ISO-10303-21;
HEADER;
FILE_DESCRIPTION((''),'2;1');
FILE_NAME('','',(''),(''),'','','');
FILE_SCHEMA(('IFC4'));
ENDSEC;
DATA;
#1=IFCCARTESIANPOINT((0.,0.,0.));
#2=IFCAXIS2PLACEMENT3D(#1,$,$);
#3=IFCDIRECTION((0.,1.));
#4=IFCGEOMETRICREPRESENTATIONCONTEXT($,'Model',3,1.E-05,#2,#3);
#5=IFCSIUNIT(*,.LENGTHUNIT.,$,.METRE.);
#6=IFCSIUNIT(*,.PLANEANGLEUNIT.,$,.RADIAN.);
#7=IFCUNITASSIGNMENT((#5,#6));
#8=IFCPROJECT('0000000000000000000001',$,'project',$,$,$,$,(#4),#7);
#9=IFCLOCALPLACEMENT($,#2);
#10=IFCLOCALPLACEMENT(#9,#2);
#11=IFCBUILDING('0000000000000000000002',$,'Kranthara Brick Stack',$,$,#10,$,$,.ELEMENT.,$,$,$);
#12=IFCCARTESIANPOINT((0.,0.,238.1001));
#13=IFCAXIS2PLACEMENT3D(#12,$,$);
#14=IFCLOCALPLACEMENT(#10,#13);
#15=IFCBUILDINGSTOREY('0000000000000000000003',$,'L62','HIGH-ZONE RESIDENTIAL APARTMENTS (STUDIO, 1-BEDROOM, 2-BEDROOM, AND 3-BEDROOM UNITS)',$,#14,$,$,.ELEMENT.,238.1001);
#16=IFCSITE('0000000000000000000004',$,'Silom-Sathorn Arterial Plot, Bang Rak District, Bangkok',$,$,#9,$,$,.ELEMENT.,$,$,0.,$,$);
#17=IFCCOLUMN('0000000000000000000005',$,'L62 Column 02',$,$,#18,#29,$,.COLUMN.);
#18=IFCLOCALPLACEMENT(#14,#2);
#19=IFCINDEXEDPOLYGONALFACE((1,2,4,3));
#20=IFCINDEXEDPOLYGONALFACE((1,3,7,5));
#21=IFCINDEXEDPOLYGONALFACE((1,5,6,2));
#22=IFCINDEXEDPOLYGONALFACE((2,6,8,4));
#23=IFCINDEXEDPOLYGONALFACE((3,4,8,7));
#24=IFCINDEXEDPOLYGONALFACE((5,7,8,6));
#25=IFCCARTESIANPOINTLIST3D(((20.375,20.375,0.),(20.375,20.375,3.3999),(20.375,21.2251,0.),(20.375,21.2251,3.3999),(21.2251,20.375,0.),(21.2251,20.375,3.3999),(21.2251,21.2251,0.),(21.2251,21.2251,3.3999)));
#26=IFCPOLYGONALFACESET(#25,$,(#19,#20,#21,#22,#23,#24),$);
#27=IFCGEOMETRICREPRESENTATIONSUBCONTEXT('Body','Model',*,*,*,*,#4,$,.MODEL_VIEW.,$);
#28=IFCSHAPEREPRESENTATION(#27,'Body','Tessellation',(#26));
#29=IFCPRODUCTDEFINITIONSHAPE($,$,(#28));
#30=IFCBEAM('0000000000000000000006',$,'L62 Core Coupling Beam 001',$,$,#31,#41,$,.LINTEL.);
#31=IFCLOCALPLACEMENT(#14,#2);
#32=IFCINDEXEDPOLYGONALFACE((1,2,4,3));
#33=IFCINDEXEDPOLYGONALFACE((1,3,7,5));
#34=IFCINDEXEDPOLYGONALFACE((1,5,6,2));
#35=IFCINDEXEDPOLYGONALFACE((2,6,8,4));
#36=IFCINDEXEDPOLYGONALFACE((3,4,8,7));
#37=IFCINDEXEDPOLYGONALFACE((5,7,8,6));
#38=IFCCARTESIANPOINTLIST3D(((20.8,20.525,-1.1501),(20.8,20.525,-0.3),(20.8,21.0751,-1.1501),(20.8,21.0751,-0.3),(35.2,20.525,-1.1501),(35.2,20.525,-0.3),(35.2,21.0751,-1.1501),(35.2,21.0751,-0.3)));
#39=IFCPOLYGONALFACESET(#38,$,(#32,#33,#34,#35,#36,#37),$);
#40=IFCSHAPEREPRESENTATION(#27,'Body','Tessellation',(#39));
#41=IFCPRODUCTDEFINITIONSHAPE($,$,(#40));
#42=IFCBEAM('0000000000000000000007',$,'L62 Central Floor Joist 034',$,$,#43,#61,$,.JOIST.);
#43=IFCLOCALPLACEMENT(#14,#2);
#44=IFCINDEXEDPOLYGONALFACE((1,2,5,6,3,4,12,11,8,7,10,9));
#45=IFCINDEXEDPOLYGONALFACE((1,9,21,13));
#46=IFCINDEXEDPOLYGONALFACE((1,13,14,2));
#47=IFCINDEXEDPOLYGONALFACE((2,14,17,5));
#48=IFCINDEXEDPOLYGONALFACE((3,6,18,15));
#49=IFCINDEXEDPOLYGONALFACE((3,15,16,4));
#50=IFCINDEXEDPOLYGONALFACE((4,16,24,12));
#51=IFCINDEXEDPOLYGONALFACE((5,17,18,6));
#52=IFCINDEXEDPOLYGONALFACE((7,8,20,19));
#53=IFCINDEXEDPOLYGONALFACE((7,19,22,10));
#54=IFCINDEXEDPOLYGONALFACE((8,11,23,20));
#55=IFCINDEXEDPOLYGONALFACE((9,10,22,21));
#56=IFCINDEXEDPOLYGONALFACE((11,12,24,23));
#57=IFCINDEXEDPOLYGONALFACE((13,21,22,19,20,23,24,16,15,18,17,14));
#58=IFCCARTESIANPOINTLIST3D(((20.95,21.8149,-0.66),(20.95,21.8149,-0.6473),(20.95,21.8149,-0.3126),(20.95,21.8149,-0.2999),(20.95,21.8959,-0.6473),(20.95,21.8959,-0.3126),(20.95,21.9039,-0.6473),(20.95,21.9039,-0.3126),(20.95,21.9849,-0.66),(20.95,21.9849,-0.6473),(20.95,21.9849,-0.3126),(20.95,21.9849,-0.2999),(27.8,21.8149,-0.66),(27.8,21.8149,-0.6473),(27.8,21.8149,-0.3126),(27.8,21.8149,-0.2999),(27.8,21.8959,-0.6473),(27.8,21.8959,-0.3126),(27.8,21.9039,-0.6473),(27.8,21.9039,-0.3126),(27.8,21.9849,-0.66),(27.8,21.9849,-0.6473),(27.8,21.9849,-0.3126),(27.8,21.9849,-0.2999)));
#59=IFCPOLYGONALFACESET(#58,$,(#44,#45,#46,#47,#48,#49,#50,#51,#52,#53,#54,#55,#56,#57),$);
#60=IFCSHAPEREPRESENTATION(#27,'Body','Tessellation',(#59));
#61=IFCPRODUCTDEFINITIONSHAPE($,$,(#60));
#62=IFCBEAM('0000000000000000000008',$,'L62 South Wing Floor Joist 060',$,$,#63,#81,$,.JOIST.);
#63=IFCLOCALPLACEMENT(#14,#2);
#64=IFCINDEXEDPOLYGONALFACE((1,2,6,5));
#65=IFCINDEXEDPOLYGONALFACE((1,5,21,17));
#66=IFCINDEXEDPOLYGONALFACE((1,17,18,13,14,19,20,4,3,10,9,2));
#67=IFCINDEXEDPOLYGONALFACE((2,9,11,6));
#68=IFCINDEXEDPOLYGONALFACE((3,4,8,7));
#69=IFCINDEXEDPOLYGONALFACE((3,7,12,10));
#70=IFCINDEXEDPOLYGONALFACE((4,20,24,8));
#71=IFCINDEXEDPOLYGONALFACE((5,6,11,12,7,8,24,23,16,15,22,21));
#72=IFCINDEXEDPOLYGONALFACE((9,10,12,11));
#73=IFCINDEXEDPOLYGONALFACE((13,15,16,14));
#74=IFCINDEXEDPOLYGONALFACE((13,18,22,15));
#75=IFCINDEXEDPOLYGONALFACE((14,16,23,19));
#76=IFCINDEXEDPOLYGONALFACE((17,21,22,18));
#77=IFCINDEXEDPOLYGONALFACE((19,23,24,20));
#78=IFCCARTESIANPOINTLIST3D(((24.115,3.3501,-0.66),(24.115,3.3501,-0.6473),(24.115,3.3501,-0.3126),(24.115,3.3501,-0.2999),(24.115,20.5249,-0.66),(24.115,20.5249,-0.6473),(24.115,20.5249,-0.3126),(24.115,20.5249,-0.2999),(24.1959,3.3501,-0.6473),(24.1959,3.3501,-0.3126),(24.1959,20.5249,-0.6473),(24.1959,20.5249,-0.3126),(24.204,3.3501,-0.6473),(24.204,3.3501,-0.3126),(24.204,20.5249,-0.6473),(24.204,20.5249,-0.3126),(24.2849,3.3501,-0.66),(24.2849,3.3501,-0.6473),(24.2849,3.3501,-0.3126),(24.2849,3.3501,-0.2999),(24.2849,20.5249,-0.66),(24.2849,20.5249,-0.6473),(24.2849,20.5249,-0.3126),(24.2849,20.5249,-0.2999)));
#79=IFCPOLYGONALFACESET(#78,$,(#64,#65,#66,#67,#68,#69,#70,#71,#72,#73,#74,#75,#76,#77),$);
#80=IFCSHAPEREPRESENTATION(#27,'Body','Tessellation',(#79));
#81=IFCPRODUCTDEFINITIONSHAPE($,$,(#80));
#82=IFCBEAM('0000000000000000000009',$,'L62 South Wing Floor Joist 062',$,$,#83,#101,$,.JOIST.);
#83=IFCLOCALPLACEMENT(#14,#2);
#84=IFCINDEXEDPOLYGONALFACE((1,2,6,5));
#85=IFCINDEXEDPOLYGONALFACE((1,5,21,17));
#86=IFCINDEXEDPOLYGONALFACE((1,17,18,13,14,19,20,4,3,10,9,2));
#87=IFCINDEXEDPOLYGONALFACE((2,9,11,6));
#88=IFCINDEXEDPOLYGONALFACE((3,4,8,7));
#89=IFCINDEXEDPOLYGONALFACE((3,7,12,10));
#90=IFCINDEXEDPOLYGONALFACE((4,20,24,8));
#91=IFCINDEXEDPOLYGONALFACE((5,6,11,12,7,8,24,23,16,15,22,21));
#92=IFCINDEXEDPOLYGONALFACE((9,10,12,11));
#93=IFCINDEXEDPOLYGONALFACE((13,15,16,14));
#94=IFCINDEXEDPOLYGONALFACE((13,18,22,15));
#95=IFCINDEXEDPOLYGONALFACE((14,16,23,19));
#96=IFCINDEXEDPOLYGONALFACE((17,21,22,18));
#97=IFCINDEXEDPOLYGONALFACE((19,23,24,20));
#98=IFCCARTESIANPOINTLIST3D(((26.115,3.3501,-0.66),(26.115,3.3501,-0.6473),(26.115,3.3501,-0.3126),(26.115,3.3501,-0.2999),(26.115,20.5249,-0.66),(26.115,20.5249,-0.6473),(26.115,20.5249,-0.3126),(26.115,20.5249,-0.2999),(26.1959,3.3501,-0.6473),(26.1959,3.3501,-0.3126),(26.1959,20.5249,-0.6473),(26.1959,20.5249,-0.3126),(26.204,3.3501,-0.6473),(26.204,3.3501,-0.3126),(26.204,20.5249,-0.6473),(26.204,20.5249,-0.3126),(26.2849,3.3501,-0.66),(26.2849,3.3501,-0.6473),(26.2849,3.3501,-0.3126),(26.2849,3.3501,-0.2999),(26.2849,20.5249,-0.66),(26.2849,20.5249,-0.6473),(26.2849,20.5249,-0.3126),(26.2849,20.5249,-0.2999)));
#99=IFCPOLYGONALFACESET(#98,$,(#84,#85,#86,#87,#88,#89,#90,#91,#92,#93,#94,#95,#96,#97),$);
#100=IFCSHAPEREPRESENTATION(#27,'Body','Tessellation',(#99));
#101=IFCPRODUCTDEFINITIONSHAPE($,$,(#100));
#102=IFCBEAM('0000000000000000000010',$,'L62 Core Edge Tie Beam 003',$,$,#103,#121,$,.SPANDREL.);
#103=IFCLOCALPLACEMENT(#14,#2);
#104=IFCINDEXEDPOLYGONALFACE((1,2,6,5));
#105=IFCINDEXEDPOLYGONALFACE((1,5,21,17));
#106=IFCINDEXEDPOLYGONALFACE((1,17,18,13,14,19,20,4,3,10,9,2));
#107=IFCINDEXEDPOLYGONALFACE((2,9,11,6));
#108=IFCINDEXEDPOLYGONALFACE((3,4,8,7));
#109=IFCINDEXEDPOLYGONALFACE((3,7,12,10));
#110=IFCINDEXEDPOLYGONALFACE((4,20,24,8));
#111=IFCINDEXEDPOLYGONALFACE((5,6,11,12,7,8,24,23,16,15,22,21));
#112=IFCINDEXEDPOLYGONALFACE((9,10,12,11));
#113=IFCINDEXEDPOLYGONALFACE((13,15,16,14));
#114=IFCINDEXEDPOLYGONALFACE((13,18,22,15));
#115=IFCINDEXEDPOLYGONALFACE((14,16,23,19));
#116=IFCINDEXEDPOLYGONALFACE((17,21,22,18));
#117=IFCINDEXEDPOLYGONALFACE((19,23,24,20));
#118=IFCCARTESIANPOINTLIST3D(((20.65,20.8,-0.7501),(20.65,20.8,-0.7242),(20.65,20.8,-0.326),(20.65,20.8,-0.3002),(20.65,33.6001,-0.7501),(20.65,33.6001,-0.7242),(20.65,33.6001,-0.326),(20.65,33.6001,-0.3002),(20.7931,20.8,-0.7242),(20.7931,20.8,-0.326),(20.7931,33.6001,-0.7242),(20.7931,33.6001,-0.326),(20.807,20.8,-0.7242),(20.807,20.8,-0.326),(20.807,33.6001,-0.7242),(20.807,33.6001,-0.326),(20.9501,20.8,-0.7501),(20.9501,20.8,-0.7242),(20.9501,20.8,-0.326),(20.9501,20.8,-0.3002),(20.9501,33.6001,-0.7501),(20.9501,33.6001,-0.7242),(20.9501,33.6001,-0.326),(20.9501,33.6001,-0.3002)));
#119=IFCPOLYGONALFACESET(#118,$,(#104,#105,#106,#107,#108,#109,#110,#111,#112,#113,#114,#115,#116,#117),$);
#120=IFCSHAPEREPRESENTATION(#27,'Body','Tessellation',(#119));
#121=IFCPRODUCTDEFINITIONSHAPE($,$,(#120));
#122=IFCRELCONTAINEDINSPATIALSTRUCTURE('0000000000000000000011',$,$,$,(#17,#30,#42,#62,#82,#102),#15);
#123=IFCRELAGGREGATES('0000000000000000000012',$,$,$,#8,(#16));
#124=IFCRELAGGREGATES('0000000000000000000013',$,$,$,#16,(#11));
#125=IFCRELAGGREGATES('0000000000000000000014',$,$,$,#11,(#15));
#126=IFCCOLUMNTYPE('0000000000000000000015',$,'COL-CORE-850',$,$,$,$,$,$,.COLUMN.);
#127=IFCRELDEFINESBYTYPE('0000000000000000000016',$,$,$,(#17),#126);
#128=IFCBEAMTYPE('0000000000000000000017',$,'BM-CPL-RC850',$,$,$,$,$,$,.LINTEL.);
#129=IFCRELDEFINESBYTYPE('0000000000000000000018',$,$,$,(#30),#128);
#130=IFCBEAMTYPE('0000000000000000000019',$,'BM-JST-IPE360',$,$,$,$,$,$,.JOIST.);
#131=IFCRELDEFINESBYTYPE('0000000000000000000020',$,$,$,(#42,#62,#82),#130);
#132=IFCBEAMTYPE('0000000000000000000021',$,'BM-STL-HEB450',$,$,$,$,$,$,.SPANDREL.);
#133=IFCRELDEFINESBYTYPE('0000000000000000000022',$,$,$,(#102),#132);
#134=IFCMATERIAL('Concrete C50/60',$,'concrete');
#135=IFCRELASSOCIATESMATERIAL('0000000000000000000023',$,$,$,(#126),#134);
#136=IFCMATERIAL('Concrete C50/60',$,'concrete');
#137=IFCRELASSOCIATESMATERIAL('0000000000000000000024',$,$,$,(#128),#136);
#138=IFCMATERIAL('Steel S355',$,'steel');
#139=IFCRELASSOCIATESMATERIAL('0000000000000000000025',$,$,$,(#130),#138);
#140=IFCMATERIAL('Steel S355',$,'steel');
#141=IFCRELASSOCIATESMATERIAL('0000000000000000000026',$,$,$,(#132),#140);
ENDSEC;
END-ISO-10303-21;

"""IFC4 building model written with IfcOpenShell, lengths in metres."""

from ifc_helpers import new_model, si_unit, direction, frame, origin, origin_2d, place, context, subcontext, project, spatial, rectangle, i_section, extrude, material, material_profile, profile_set, type_object, element, save


model = new_model("IFC4")

# Units and contexts
model_context = context("Model", 3, precision=1e-05, world=origin(), true_north=direction((0.0, 1.0)))
body_context = subcontext(model_context, "Body", "Model", "MODEL_VIEW")
ifc_project = project(units=[si_unit("LENGTHUNIT", "METRE"), si_unit("PLANEANGLEUNIT", "RADIAN")], contexts=[model_context])

# Site, building, storey
site_placement = place(None, origin())
site = spatial("IfcSite", under=ifc_project, at=site_placement, Name="Silom-Sathorn Arterial Plot, Bang Rak District, Bangkok", CompositionType="ELEMENT", RefElevation=0.0)
building_placement = place(site_placement, origin())
building = spatial("IfcBuilding", under=site, at=building_placement, Name="Kranthara Brick Stack", CompositionType="ELEMENT")
storey_placement = place(building_placement, frame((0.0, 0.0, 238.1001)))
storey = spatial("IfcBuildingStorey", under=building, at=storey_placement, Name="L62", Description="HIGH-ZONE RESIDENTIAL APARTMENTS (STUDIO, 1-BEDROOM, 2-BEDROOM, AND 3-BEDROOM UNITS)", CompositionType="ELEMENT", Elevation=238.1001)

# Column
ifc_material_1 = material(Name="Concrete C50/60", Category="concrete")
ifc_material_profile_1 = material_profile(ifc_material_1, rectangle(XDim=0.8501, YDim=0.8501, at=origin_2d()), Name="RC 850x850")
ifc_profile_set_1 = profile_set([ifc_material_profile_1], Name="Concrete C50/60")
column_type = type_object("IfcColumnType", Name="COL-CORE-850", PredefinedType="COLUMN", material=ifc_profile_set_1)
column_placement = place(storey_placement, frame((20.8, 20.8, 0.0), z_axis=(0.0, 0.0, 1.0), x_axis=(1.0, 0.0, 0.0)))
element("IfcColumn", 1, at=column_placement, inside=storey, type_object=column_type, Name="L62 Column 02", PredefinedType="COLUMN", context=body_context, shape_type="SweptSolid", body=[
    extrude(rectangle(XDim=0.8501, YDim=0.8501, at=origin_2d()), origin(), (0.0, 0.0, 1.0), 3.3999),
])

# Beams
ifc_material_2 = material(Name="Concrete C50/60", Category="concrete")
ifc_material_profile_2 = material_profile(ifc_material_2, rectangle(XDim=0.55, YDim=0.8501, at=origin_2d()), Name="RC 550x850")
ifc_profile_set_2 = profile_set([ifc_material_profile_2], Name="Concrete C50/60")
beam_type_1 = type_object("IfcBeamType", Name="BM-CPL-RC850", PredefinedType="LINTEL", material=ifc_profile_set_2)
beam_1_placement = place(storey_placement, frame((20.8, 20.8, -0.7251), z_axis=(1.0, 0.0, 0.0), x_axis=(0.0, 1.0, 0.0)))
element("IfcBeam", 2, at=beam_1_placement, inside=storey, type_object=beam_type_1, Name="L62 Core Coupling Beam 001", PredefinedType="LINTEL", context=body_context, shape_type="SweptSolid", body=[
    extrude(rectangle(XDim=0.55, YDim=0.8501, at=origin_2d()), origin(), (0.0, 0.0, 1.0), 14.3999),
])
ifc_material_3 = material(Name="Steel S355", Category="steel")
ifc_material_profile_3 = material_profile(ifc_material_3, i_section(OverallWidth=0.1699, OverallDepth=0.3601, WebThickness=0.0081, FlangeThickness=0.0127, at=origin_2d()), Name="IPE 360")
ifc_profile_set_3 = profile_set([ifc_material_profile_3], Name="Steel S355")
beam_type_2 = type_object("IfcBeamType", Name="BM-JST-IPE360", PredefinedType="JOIST", material=ifc_profile_set_3)
beam_2_placement = place(storey_placement, frame((20.95, 21.8999, -0.48), z_axis=(1.0, 0.0, 0.0), x_axis=(0.0, 1.0, 0.0)))
element("IfcBeam", 3, at=beam_2_placement, inside=storey, type_object=beam_type_2, Name="L62 Central Floor Joist 034", PredefinedType="JOIST", context=body_context, shape_type="SweptSolid", body=[
    extrude(i_section(OverallWidth=0.1699, OverallDepth=0.3601, WebThickness=0.0081, FlangeThickness=0.0127, at=origin_2d()), origin(), (0.0, 0.0, 1.0), 6.8501),
])
for number, where, z_axis, x_axis, name in (
    (4, (24.2, 3.3501, -0.48), (0.0, 1.0, 0.0), (-1.0, 0.0, 0.0), "L62 South Wing Floor Joist 060"),
    (5, (26.2, 3.3501, -0.48), (0.0, 1.0, 0.0), (-1.0, 0.0, 0.0), "L62 South Wing Floor Joist 062"),
):
    element("IfcBeam", number, at=place(storey_placement, frame(where, z_axis=z_axis, x_axis=x_axis)), inside=storey, type_object=beam_type_2, Name=name, PredefinedType="JOIST", context=body_context, shape_type="SweptSolid", body=[
        extrude(i_section(OverallWidth=0.1699, OverallDepth=0.3601, WebThickness=0.0081, FlangeThickness=0.0127, at=origin_2d()), origin(), (0.0, 0.0, 1.0), 17.1748),
    ])
ifc_material_4 = material(Name="Steel S355", Category="steel")
ifc_material_profile_4 = material_profile(ifc_material_4, i_section(OverallWidth=0.3, OverallDepth=0.45, WebThickness=0.0139, FlangeThickness=0.0259, at=origin_2d()), Name="HEB 450")
ifc_profile_set_4 = profile_set([ifc_material_profile_4], Name="Steel S355")
beam_type_3 = type_object("IfcBeamType", Name="BM-STL-HEB450", PredefinedType="SPANDREL", material=ifc_profile_set_4)
beam_3_placement = place(storey_placement, frame((20.8, 20.8, -0.5251), z_axis=(0.0, 1.0, 0.0), x_axis=(-1.0, 0.0, 0.0)))
element("IfcBeam", 6, at=beam_3_placement, inside=storey, type_object=beam_type_3, Name="L62 Core Edge Tie Beam 003", PredefinedType="SPANDREL", context=body_context, shape_type="SweptSolid", body=[
    extrude(i_section(OverallWidth=0.3, OverallDepth=0.45, WebThickness=0.0139, FlangeThickness=0.0259, at=origin_2d()), origin(), (0.0, 0.0, 1.0), 12.8),
])

save(model, "model.ifc")
